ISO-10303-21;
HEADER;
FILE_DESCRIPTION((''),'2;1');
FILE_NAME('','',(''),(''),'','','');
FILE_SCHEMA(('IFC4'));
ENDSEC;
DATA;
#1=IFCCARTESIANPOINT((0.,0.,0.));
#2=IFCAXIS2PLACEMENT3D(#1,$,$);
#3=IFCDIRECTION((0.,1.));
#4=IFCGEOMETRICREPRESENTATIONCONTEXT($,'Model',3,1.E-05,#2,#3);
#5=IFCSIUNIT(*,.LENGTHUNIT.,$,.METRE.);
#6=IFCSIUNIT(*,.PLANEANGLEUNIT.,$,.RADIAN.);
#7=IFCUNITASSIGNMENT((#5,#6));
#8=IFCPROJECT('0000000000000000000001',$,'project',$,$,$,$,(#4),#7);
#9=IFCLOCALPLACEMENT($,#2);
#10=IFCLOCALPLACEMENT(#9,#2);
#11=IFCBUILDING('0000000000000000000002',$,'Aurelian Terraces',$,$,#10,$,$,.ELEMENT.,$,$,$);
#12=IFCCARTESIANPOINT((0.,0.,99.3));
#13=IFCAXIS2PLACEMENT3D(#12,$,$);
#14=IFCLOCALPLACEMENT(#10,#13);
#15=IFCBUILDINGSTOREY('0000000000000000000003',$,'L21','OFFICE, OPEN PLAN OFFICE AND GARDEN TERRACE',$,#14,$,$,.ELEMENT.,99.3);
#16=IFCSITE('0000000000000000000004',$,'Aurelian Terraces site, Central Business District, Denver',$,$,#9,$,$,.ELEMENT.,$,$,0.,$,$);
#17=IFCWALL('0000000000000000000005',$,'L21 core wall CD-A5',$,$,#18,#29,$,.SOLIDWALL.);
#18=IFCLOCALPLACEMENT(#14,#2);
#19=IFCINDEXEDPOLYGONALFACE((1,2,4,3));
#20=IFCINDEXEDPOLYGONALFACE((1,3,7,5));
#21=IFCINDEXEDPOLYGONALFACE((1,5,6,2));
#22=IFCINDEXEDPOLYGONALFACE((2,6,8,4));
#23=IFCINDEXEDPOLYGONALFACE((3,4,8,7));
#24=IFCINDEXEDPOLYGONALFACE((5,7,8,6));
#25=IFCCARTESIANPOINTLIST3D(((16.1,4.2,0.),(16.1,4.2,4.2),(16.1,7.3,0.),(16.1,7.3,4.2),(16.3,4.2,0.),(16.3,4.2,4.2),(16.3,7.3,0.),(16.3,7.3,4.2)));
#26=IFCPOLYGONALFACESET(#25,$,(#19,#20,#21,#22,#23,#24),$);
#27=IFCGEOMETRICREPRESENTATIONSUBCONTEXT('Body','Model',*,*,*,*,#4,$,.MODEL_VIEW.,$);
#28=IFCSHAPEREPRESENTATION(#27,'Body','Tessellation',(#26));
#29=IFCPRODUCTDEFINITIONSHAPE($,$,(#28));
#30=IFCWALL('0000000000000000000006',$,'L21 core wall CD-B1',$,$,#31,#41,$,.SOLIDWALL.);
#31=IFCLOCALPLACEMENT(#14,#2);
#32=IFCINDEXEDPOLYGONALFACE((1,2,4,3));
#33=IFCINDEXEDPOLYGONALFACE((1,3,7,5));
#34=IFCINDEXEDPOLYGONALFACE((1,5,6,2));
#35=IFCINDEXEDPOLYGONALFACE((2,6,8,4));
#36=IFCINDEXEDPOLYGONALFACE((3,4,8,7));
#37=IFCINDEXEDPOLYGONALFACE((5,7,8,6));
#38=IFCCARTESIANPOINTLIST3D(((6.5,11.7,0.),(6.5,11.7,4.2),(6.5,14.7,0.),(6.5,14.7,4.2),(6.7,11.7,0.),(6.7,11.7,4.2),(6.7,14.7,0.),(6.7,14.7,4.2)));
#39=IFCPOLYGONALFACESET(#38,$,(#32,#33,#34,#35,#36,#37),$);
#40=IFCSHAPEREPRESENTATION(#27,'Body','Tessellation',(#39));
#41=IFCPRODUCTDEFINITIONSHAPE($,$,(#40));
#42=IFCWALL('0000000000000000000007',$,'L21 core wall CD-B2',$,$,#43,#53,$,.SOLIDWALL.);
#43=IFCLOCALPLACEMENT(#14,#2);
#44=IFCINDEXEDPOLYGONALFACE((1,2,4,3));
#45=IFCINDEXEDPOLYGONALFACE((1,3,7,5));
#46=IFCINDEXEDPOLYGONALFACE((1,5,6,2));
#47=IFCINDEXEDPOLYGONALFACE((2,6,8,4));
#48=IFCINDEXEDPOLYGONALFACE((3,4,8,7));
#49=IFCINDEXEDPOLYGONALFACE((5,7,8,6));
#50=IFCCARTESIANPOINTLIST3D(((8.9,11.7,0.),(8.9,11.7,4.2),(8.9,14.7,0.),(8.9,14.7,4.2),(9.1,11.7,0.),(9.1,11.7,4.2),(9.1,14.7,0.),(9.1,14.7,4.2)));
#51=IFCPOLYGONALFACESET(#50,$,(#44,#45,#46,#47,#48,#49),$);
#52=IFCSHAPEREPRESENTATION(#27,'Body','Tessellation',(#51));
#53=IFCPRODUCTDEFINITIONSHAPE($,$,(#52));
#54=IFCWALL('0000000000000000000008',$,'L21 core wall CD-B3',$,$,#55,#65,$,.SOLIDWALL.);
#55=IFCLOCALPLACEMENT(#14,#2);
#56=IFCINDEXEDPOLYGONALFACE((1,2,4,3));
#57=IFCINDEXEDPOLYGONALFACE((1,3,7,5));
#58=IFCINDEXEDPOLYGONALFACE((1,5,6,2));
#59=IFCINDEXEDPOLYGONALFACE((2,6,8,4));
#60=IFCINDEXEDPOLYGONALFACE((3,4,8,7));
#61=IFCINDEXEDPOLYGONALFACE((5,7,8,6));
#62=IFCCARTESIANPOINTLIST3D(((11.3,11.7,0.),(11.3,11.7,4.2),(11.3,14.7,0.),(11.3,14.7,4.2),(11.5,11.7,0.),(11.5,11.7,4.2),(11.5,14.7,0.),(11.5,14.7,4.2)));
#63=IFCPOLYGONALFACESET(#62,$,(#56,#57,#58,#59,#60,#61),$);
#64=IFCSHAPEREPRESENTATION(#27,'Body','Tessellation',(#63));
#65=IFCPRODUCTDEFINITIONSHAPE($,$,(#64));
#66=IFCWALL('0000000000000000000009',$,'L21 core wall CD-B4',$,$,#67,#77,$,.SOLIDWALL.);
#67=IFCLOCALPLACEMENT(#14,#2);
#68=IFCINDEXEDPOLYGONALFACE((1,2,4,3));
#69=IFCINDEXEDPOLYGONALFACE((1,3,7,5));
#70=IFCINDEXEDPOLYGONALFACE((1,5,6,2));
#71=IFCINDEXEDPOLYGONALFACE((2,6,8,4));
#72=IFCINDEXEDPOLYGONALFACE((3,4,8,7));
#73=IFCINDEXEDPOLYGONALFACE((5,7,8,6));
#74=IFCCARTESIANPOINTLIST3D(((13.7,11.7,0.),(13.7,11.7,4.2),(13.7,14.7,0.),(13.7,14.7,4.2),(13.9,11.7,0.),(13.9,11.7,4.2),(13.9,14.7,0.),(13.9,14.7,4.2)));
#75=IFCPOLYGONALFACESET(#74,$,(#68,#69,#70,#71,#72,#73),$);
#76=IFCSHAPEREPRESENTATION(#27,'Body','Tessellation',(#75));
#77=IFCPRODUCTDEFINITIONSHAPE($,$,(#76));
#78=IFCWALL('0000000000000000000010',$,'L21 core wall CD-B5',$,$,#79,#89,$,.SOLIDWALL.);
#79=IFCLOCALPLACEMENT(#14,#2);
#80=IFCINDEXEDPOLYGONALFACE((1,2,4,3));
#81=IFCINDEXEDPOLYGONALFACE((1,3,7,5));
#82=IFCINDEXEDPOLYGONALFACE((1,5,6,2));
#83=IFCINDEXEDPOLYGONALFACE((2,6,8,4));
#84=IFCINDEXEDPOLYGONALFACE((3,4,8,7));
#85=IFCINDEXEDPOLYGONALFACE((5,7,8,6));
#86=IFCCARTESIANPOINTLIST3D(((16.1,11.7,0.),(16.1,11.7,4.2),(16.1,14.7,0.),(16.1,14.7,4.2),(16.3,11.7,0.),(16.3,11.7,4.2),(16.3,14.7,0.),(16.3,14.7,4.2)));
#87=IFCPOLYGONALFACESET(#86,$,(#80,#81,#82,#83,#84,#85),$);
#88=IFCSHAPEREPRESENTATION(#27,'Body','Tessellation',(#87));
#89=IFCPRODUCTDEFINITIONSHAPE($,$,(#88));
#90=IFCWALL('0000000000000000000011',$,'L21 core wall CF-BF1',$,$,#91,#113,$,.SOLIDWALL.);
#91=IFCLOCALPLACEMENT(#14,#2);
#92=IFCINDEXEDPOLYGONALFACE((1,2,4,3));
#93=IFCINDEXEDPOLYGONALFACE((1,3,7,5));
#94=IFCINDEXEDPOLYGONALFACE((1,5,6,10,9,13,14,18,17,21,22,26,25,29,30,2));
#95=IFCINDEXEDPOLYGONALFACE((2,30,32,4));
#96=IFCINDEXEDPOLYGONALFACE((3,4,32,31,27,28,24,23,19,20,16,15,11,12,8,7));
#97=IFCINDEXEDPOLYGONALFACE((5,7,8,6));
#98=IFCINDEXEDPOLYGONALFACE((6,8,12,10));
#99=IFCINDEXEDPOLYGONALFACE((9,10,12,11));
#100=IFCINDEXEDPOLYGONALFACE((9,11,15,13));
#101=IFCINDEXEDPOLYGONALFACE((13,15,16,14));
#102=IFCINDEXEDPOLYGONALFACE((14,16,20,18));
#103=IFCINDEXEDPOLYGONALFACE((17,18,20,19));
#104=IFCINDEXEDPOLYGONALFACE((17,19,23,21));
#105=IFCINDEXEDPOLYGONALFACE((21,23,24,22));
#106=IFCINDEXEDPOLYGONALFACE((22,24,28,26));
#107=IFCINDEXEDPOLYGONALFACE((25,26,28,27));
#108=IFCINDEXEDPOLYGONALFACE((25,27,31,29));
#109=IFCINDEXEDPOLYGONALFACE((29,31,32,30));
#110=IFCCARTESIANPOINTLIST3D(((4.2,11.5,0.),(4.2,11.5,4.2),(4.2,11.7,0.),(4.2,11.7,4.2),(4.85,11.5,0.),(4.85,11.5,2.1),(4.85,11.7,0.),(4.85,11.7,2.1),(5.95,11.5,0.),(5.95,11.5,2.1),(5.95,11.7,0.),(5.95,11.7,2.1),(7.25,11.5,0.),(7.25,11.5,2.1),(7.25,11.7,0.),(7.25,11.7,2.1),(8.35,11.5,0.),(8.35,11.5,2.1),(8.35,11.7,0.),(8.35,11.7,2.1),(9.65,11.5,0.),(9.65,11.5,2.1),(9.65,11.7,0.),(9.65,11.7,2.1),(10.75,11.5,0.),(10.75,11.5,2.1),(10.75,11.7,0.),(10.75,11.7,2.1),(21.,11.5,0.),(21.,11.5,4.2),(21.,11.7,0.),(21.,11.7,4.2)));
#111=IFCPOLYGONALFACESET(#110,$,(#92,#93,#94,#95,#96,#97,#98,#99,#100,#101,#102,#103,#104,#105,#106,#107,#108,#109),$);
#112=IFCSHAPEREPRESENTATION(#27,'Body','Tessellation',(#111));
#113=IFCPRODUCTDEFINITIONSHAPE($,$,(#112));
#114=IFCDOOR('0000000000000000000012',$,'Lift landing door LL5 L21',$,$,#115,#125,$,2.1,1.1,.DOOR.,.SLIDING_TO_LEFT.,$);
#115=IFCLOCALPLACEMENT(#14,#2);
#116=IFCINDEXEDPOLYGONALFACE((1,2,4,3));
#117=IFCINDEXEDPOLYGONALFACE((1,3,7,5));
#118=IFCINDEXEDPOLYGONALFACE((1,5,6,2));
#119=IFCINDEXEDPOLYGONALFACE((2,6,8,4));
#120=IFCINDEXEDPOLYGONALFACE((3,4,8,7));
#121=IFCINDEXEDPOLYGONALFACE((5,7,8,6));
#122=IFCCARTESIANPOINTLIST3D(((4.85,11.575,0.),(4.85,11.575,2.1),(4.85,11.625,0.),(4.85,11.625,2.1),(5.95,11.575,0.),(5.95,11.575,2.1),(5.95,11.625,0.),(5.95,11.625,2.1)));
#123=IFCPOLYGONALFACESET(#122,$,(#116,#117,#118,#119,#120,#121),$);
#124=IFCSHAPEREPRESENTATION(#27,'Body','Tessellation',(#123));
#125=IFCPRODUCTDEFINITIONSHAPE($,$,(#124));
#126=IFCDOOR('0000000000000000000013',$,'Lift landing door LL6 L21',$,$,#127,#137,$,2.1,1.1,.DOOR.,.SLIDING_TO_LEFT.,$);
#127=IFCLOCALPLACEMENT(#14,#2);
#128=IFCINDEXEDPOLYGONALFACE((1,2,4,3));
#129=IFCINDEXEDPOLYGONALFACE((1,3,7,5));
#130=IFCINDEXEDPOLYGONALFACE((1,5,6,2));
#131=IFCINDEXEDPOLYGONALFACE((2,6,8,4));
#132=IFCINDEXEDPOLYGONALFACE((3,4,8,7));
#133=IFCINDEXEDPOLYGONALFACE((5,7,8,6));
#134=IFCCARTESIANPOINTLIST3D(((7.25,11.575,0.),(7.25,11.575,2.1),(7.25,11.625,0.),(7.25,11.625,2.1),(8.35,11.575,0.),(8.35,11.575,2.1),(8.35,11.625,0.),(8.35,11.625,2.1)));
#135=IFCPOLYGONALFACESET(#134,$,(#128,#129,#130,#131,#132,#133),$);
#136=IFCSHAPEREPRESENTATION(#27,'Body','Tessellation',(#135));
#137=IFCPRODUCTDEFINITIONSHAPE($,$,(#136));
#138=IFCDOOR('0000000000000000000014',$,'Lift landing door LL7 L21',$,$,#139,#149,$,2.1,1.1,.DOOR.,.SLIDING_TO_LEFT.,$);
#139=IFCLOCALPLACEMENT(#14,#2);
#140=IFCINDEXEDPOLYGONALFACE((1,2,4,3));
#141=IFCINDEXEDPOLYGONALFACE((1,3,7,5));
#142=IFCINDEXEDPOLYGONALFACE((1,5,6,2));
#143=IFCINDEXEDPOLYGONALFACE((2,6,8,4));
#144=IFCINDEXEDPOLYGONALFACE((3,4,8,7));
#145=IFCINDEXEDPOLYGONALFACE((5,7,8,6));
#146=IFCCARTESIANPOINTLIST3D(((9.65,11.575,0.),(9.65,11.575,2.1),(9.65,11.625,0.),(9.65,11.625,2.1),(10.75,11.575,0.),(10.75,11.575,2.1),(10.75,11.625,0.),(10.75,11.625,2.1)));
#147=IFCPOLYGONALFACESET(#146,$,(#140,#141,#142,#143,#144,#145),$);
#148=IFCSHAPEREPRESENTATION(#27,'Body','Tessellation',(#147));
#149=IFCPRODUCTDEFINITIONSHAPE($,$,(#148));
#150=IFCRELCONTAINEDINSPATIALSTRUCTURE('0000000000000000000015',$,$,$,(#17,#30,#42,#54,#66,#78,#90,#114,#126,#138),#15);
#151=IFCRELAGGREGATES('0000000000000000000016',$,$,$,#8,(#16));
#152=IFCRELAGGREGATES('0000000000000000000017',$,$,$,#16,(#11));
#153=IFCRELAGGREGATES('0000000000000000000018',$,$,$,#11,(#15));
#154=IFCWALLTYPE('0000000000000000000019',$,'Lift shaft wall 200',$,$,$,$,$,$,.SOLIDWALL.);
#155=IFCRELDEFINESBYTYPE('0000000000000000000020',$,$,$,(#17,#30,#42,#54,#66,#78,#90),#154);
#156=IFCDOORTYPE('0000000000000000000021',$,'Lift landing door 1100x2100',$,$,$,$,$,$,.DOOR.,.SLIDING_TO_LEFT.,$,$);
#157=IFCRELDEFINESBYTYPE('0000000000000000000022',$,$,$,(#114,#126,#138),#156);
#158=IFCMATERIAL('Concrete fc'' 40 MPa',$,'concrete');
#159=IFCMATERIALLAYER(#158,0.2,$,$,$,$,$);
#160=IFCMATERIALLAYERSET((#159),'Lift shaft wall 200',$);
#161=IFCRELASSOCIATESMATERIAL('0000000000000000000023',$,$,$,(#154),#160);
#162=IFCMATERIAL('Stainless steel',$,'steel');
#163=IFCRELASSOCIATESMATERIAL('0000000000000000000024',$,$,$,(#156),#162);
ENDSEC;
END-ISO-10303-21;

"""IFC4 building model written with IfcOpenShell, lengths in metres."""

from ifc_helpers import new_model, si_unit, direction, frame, frame_2d, origin, place, context, subcontext, project, spatial, rectangle, extrude, source, transform, mapped, material, layer, layer_set, type_object, element, fill, save


model = new_model("IFC4")

# Units and contexts
model_context = context("Model", 3, precision=1e-05, world=origin(), true_north=direction((0.0, 1.0)))
body_context = subcontext(model_context, "Body", "Model", "MODEL_VIEW")
ifc_project = project(units=[si_unit("LENGTHUNIT", "METRE"), si_unit("PLANEANGLEUNIT", "RADIAN")], contexts=[model_context])

# Site, building, storey
site_placement = place(None, origin())
site = spatial("IfcSite", under=ifc_project, at=site_placement, Name="Aurelian Terraces site, Central Business District, Denver", CompositionType="ELEMENT", RefElevation=0.0)
building_placement = place(site_placement, origin())
building = spatial("IfcBuilding", under=site, at=building_placement, Name="Aurelian Terraces", CompositionType="ELEMENT")
storey_placement = place(building_placement, frame((0.0, 0.0, 99.3)))
storey = spatial("IfcBuildingStorey", under=building, at=storey_placement, Name="L21", Description="OFFICE, OPEN PLAN OFFICE AND GARDEN TERRACE", CompositionType="ELEMENT", Elevation=99.3)

# Walls
ifc_material_1 = material(Name="Concrete fc' 40 MPa", Category="concrete")
ifc_layer_1 = layer(ifc_material_1, 0.2)
ifc_layer_set_1 = layer_set([ifc_layer_1], Name="Lift shaft wall 200")
wall_type_1 = type_object("IfcWallType", Name="Lift shaft wall 200", PredefinedType="SOLIDWALL", material=ifc_layer_set_1)
shared_shape_1 = source(origin(), body_context, "Body", "SweptSolid", [
    extrude(rectangle(XDim=3.1, YDim=0.2, at=frame_2d((1.55, 0.0))), origin(), (0.0, 0.0, 1.0), 4.2),
])
wall_1_placement = place(storey_placement, frame((16.2, 4.2, 0.0), z_axis=(0.0, 0.0, 1.0), x_axis=(0.0, 1.0, 0.0)))
element("IfcWall", 1, at=wall_1_placement, inside=storey, type_object=wall_type_1, Name="L21 core wall CD-A5", PredefinedType="SOLIDWALL", context=body_context, shape_type="MappedRepresentation", body=[
    mapped(shared_shape_1, transform((0.0, 0.0, 0.0), scale=1.0)),
])
shared_shape_2 = source(origin(), body_context, "Body", "SweptSolid", [
    extrude(rectangle(XDim=3.0, YDim=0.2, at=frame_2d((1.5, 0.0))), origin(), (0.0, 0.0, 1.0), 4.2),
])
for number, where, z_axis, x_axis, name in (
    (2, (6.6, 11.7, 0.0), (0.0, 0.0, 1.0), (0.0, 1.0, 0.0), "L21 core wall CD-B1"),
    (3, (9.0, 11.7, 0.0), (0.0, 0.0, 1.0), (0.0, 1.0, 0.0), "L21 core wall CD-B2"),
    (4, (11.4, 11.7, 0.0), (0.0, 0.0, 1.0), (0.0, 1.0, 0.0), "L21 core wall CD-B3"),
    (5, (13.8, 11.7, 0.0), (0.0, 0.0, 1.0), (0.0, 1.0, 0.0), "L21 core wall CD-B4"),
    (6, (16.2, 11.7, 0.0), (0.0, 0.0, 1.0), (0.0, 1.0, 0.0), "L21 core wall CD-B5"),
):
    element("IfcWall", number, at=place(storey_placement, frame(where, z_axis=z_axis, x_axis=x_axis)), inside=storey, type_object=wall_type_1, Name=name, PredefinedType="SOLIDWALL", context=body_context, shape_type="MappedRepresentation", body=[
        mapped(shared_shape_2, transform((0.0, 0.0, 0.0), scale=1.0)),
    ])

# Wall, openings, doors
shared_shape_3 = source(origin(), body_context, "Body", "SweptSolid", [
    extrude(rectangle(XDim=16.8, YDim=0.2, at=frame_2d((8.4, 0.0))), origin(), (0.0, 0.0, 1.0), 4.2),
])
wall_2_placement = place(storey_placement, frame((4.2, 11.6, 0.0), z_axis=(0.0, 0.0, 1.0), x_axis=(1.0, 0.0, 0.0)))
wall_2 = element("IfcWall", 7, at=wall_2_placement, inside=storey, type_object=wall_type_1, Name="L21 core wall CF-BF1", PredefinedType="SOLIDWALL", context=body_context, shape_type="MappedRepresentation", body=[
    mapped(shared_shape_3, transform((0.0, 0.0, 0.0), scale=1.0)),
])
shared_shape_4 = source(origin(), body_context, "Body", "SweptSolid", [
    extrude(rectangle(XDim=1.1, YDim=2.1, at=frame_2d((0.55, 1.05))), frame((0.0, 0.11, 0.0), z_axis=(0.0, -1.0, 0.0), x_axis=(1.0, 0.0, 0.0)), (0.0, 0.0, 1.0), 0.22),
])
opening_1_placement = place(wall_2_placement, frame((0.65, 0.0, 0.0)))
opening_1 = element("IfcOpeningElement", 8, at=opening_1_placement, cuts=wall_2, PredefinedType="OPENING", context=body_context, shape_type="MappedRepresentation", body=[
    mapped(shared_shape_4, transform((0.0, 0.0, 0.0), scale=1.0)),
])
opening_2_placement = place(wall_2_placement, frame((3.05, 0.0, 0.0)))
opening_2 = element("IfcOpeningElement", 9, at=opening_2_placement, cuts=wall_2, PredefinedType="OPENING", context=body_context, shape_type="MappedRepresentation", body=[
    mapped(shared_shape_4, transform((0.0, 0.0, 0.0), scale=1.0)),
])
opening_3_placement = place(wall_2_placement, frame((5.45, 0.0, 0.0)))
opening_3 = element("IfcOpeningElement", 10, at=opening_3_placement, cuts=wall_2, PredefinedType="OPENING", context=body_context, shape_type="MappedRepresentation", body=[
    mapped(shared_shape_4, transform((0.0, 0.0, 0.0), scale=1.0)),
])
ifc_material_2 = material(Name="Stainless steel", Category="steel")
door_type_1 = type_object("IfcDoorType", Name="Lift landing door 1100x2100", OperationType="SLIDING_TO_LEFT", PredefinedType="DOOR", material=ifc_material_2)
shared_shape_5 = source(origin(), body_context, "Body", "SweptSolid", [
    extrude(rectangle(XDim=1.1, YDim=2.1, at=frame_2d((0.55, 1.05))), frame((0.0, 0.025, 0.0), z_axis=(0.0, -1.0, 0.0), x_axis=(1.0, 0.0, 0.0)), (0.0, 0.0, 1.0), 0.05),
])
door_1_placement = place(opening_1_placement, origin())
door_1 = element("IfcDoor", 11, at=door_1_placement, inside=storey, type_object=door_type_1, Name="Lift landing door LL5 L21", OperationType="SLIDING_TO_LEFT", OverallHeight=2.1, OverallWidth=1.1, PredefinedType="DOOR", context=body_context, shape_type="MappedRepresentation", body=[
    mapped(shared_shape_5, transform((0.0, 0.0, 0.0), scale=1.0)),
])
fill(opening_1, door_1)
door_2_placement = place(opening_2_placement, origin())
door_2 = element("IfcDoor", 12, at=door_2_placement, inside=storey, type_object=door_type_1, Name="Lift landing door LL6 L21", OperationType="SLIDING_TO_LEFT", OverallHeight=2.1, OverallWidth=1.1, PredefinedType="DOOR", context=body_context, shape_type="MappedRepresentation", body=[
    mapped(shared_shape_5, transform((0.0, 0.0, 0.0), scale=1.0)),
])
fill(opening_2, door_2)
door_3_placement = place(opening_3_placement, origin())
door_3 = element("IfcDoor", 13, at=door_3_placement, inside=storey, type_object=door_type_1, Name="Lift landing door LL7 L21", OperationType="SLIDING_TO_LEFT", OverallHeight=2.1, OverallWidth=1.1, PredefinedType="DOOR", context=body_context, shape_type="MappedRepresentation", body=[
    mapped(shared_shape_5, transform((0.0, 0.0, 0.0), scale=1.0)),
])
fill(opening_3, door_3)

save(model, "model.ifc")
